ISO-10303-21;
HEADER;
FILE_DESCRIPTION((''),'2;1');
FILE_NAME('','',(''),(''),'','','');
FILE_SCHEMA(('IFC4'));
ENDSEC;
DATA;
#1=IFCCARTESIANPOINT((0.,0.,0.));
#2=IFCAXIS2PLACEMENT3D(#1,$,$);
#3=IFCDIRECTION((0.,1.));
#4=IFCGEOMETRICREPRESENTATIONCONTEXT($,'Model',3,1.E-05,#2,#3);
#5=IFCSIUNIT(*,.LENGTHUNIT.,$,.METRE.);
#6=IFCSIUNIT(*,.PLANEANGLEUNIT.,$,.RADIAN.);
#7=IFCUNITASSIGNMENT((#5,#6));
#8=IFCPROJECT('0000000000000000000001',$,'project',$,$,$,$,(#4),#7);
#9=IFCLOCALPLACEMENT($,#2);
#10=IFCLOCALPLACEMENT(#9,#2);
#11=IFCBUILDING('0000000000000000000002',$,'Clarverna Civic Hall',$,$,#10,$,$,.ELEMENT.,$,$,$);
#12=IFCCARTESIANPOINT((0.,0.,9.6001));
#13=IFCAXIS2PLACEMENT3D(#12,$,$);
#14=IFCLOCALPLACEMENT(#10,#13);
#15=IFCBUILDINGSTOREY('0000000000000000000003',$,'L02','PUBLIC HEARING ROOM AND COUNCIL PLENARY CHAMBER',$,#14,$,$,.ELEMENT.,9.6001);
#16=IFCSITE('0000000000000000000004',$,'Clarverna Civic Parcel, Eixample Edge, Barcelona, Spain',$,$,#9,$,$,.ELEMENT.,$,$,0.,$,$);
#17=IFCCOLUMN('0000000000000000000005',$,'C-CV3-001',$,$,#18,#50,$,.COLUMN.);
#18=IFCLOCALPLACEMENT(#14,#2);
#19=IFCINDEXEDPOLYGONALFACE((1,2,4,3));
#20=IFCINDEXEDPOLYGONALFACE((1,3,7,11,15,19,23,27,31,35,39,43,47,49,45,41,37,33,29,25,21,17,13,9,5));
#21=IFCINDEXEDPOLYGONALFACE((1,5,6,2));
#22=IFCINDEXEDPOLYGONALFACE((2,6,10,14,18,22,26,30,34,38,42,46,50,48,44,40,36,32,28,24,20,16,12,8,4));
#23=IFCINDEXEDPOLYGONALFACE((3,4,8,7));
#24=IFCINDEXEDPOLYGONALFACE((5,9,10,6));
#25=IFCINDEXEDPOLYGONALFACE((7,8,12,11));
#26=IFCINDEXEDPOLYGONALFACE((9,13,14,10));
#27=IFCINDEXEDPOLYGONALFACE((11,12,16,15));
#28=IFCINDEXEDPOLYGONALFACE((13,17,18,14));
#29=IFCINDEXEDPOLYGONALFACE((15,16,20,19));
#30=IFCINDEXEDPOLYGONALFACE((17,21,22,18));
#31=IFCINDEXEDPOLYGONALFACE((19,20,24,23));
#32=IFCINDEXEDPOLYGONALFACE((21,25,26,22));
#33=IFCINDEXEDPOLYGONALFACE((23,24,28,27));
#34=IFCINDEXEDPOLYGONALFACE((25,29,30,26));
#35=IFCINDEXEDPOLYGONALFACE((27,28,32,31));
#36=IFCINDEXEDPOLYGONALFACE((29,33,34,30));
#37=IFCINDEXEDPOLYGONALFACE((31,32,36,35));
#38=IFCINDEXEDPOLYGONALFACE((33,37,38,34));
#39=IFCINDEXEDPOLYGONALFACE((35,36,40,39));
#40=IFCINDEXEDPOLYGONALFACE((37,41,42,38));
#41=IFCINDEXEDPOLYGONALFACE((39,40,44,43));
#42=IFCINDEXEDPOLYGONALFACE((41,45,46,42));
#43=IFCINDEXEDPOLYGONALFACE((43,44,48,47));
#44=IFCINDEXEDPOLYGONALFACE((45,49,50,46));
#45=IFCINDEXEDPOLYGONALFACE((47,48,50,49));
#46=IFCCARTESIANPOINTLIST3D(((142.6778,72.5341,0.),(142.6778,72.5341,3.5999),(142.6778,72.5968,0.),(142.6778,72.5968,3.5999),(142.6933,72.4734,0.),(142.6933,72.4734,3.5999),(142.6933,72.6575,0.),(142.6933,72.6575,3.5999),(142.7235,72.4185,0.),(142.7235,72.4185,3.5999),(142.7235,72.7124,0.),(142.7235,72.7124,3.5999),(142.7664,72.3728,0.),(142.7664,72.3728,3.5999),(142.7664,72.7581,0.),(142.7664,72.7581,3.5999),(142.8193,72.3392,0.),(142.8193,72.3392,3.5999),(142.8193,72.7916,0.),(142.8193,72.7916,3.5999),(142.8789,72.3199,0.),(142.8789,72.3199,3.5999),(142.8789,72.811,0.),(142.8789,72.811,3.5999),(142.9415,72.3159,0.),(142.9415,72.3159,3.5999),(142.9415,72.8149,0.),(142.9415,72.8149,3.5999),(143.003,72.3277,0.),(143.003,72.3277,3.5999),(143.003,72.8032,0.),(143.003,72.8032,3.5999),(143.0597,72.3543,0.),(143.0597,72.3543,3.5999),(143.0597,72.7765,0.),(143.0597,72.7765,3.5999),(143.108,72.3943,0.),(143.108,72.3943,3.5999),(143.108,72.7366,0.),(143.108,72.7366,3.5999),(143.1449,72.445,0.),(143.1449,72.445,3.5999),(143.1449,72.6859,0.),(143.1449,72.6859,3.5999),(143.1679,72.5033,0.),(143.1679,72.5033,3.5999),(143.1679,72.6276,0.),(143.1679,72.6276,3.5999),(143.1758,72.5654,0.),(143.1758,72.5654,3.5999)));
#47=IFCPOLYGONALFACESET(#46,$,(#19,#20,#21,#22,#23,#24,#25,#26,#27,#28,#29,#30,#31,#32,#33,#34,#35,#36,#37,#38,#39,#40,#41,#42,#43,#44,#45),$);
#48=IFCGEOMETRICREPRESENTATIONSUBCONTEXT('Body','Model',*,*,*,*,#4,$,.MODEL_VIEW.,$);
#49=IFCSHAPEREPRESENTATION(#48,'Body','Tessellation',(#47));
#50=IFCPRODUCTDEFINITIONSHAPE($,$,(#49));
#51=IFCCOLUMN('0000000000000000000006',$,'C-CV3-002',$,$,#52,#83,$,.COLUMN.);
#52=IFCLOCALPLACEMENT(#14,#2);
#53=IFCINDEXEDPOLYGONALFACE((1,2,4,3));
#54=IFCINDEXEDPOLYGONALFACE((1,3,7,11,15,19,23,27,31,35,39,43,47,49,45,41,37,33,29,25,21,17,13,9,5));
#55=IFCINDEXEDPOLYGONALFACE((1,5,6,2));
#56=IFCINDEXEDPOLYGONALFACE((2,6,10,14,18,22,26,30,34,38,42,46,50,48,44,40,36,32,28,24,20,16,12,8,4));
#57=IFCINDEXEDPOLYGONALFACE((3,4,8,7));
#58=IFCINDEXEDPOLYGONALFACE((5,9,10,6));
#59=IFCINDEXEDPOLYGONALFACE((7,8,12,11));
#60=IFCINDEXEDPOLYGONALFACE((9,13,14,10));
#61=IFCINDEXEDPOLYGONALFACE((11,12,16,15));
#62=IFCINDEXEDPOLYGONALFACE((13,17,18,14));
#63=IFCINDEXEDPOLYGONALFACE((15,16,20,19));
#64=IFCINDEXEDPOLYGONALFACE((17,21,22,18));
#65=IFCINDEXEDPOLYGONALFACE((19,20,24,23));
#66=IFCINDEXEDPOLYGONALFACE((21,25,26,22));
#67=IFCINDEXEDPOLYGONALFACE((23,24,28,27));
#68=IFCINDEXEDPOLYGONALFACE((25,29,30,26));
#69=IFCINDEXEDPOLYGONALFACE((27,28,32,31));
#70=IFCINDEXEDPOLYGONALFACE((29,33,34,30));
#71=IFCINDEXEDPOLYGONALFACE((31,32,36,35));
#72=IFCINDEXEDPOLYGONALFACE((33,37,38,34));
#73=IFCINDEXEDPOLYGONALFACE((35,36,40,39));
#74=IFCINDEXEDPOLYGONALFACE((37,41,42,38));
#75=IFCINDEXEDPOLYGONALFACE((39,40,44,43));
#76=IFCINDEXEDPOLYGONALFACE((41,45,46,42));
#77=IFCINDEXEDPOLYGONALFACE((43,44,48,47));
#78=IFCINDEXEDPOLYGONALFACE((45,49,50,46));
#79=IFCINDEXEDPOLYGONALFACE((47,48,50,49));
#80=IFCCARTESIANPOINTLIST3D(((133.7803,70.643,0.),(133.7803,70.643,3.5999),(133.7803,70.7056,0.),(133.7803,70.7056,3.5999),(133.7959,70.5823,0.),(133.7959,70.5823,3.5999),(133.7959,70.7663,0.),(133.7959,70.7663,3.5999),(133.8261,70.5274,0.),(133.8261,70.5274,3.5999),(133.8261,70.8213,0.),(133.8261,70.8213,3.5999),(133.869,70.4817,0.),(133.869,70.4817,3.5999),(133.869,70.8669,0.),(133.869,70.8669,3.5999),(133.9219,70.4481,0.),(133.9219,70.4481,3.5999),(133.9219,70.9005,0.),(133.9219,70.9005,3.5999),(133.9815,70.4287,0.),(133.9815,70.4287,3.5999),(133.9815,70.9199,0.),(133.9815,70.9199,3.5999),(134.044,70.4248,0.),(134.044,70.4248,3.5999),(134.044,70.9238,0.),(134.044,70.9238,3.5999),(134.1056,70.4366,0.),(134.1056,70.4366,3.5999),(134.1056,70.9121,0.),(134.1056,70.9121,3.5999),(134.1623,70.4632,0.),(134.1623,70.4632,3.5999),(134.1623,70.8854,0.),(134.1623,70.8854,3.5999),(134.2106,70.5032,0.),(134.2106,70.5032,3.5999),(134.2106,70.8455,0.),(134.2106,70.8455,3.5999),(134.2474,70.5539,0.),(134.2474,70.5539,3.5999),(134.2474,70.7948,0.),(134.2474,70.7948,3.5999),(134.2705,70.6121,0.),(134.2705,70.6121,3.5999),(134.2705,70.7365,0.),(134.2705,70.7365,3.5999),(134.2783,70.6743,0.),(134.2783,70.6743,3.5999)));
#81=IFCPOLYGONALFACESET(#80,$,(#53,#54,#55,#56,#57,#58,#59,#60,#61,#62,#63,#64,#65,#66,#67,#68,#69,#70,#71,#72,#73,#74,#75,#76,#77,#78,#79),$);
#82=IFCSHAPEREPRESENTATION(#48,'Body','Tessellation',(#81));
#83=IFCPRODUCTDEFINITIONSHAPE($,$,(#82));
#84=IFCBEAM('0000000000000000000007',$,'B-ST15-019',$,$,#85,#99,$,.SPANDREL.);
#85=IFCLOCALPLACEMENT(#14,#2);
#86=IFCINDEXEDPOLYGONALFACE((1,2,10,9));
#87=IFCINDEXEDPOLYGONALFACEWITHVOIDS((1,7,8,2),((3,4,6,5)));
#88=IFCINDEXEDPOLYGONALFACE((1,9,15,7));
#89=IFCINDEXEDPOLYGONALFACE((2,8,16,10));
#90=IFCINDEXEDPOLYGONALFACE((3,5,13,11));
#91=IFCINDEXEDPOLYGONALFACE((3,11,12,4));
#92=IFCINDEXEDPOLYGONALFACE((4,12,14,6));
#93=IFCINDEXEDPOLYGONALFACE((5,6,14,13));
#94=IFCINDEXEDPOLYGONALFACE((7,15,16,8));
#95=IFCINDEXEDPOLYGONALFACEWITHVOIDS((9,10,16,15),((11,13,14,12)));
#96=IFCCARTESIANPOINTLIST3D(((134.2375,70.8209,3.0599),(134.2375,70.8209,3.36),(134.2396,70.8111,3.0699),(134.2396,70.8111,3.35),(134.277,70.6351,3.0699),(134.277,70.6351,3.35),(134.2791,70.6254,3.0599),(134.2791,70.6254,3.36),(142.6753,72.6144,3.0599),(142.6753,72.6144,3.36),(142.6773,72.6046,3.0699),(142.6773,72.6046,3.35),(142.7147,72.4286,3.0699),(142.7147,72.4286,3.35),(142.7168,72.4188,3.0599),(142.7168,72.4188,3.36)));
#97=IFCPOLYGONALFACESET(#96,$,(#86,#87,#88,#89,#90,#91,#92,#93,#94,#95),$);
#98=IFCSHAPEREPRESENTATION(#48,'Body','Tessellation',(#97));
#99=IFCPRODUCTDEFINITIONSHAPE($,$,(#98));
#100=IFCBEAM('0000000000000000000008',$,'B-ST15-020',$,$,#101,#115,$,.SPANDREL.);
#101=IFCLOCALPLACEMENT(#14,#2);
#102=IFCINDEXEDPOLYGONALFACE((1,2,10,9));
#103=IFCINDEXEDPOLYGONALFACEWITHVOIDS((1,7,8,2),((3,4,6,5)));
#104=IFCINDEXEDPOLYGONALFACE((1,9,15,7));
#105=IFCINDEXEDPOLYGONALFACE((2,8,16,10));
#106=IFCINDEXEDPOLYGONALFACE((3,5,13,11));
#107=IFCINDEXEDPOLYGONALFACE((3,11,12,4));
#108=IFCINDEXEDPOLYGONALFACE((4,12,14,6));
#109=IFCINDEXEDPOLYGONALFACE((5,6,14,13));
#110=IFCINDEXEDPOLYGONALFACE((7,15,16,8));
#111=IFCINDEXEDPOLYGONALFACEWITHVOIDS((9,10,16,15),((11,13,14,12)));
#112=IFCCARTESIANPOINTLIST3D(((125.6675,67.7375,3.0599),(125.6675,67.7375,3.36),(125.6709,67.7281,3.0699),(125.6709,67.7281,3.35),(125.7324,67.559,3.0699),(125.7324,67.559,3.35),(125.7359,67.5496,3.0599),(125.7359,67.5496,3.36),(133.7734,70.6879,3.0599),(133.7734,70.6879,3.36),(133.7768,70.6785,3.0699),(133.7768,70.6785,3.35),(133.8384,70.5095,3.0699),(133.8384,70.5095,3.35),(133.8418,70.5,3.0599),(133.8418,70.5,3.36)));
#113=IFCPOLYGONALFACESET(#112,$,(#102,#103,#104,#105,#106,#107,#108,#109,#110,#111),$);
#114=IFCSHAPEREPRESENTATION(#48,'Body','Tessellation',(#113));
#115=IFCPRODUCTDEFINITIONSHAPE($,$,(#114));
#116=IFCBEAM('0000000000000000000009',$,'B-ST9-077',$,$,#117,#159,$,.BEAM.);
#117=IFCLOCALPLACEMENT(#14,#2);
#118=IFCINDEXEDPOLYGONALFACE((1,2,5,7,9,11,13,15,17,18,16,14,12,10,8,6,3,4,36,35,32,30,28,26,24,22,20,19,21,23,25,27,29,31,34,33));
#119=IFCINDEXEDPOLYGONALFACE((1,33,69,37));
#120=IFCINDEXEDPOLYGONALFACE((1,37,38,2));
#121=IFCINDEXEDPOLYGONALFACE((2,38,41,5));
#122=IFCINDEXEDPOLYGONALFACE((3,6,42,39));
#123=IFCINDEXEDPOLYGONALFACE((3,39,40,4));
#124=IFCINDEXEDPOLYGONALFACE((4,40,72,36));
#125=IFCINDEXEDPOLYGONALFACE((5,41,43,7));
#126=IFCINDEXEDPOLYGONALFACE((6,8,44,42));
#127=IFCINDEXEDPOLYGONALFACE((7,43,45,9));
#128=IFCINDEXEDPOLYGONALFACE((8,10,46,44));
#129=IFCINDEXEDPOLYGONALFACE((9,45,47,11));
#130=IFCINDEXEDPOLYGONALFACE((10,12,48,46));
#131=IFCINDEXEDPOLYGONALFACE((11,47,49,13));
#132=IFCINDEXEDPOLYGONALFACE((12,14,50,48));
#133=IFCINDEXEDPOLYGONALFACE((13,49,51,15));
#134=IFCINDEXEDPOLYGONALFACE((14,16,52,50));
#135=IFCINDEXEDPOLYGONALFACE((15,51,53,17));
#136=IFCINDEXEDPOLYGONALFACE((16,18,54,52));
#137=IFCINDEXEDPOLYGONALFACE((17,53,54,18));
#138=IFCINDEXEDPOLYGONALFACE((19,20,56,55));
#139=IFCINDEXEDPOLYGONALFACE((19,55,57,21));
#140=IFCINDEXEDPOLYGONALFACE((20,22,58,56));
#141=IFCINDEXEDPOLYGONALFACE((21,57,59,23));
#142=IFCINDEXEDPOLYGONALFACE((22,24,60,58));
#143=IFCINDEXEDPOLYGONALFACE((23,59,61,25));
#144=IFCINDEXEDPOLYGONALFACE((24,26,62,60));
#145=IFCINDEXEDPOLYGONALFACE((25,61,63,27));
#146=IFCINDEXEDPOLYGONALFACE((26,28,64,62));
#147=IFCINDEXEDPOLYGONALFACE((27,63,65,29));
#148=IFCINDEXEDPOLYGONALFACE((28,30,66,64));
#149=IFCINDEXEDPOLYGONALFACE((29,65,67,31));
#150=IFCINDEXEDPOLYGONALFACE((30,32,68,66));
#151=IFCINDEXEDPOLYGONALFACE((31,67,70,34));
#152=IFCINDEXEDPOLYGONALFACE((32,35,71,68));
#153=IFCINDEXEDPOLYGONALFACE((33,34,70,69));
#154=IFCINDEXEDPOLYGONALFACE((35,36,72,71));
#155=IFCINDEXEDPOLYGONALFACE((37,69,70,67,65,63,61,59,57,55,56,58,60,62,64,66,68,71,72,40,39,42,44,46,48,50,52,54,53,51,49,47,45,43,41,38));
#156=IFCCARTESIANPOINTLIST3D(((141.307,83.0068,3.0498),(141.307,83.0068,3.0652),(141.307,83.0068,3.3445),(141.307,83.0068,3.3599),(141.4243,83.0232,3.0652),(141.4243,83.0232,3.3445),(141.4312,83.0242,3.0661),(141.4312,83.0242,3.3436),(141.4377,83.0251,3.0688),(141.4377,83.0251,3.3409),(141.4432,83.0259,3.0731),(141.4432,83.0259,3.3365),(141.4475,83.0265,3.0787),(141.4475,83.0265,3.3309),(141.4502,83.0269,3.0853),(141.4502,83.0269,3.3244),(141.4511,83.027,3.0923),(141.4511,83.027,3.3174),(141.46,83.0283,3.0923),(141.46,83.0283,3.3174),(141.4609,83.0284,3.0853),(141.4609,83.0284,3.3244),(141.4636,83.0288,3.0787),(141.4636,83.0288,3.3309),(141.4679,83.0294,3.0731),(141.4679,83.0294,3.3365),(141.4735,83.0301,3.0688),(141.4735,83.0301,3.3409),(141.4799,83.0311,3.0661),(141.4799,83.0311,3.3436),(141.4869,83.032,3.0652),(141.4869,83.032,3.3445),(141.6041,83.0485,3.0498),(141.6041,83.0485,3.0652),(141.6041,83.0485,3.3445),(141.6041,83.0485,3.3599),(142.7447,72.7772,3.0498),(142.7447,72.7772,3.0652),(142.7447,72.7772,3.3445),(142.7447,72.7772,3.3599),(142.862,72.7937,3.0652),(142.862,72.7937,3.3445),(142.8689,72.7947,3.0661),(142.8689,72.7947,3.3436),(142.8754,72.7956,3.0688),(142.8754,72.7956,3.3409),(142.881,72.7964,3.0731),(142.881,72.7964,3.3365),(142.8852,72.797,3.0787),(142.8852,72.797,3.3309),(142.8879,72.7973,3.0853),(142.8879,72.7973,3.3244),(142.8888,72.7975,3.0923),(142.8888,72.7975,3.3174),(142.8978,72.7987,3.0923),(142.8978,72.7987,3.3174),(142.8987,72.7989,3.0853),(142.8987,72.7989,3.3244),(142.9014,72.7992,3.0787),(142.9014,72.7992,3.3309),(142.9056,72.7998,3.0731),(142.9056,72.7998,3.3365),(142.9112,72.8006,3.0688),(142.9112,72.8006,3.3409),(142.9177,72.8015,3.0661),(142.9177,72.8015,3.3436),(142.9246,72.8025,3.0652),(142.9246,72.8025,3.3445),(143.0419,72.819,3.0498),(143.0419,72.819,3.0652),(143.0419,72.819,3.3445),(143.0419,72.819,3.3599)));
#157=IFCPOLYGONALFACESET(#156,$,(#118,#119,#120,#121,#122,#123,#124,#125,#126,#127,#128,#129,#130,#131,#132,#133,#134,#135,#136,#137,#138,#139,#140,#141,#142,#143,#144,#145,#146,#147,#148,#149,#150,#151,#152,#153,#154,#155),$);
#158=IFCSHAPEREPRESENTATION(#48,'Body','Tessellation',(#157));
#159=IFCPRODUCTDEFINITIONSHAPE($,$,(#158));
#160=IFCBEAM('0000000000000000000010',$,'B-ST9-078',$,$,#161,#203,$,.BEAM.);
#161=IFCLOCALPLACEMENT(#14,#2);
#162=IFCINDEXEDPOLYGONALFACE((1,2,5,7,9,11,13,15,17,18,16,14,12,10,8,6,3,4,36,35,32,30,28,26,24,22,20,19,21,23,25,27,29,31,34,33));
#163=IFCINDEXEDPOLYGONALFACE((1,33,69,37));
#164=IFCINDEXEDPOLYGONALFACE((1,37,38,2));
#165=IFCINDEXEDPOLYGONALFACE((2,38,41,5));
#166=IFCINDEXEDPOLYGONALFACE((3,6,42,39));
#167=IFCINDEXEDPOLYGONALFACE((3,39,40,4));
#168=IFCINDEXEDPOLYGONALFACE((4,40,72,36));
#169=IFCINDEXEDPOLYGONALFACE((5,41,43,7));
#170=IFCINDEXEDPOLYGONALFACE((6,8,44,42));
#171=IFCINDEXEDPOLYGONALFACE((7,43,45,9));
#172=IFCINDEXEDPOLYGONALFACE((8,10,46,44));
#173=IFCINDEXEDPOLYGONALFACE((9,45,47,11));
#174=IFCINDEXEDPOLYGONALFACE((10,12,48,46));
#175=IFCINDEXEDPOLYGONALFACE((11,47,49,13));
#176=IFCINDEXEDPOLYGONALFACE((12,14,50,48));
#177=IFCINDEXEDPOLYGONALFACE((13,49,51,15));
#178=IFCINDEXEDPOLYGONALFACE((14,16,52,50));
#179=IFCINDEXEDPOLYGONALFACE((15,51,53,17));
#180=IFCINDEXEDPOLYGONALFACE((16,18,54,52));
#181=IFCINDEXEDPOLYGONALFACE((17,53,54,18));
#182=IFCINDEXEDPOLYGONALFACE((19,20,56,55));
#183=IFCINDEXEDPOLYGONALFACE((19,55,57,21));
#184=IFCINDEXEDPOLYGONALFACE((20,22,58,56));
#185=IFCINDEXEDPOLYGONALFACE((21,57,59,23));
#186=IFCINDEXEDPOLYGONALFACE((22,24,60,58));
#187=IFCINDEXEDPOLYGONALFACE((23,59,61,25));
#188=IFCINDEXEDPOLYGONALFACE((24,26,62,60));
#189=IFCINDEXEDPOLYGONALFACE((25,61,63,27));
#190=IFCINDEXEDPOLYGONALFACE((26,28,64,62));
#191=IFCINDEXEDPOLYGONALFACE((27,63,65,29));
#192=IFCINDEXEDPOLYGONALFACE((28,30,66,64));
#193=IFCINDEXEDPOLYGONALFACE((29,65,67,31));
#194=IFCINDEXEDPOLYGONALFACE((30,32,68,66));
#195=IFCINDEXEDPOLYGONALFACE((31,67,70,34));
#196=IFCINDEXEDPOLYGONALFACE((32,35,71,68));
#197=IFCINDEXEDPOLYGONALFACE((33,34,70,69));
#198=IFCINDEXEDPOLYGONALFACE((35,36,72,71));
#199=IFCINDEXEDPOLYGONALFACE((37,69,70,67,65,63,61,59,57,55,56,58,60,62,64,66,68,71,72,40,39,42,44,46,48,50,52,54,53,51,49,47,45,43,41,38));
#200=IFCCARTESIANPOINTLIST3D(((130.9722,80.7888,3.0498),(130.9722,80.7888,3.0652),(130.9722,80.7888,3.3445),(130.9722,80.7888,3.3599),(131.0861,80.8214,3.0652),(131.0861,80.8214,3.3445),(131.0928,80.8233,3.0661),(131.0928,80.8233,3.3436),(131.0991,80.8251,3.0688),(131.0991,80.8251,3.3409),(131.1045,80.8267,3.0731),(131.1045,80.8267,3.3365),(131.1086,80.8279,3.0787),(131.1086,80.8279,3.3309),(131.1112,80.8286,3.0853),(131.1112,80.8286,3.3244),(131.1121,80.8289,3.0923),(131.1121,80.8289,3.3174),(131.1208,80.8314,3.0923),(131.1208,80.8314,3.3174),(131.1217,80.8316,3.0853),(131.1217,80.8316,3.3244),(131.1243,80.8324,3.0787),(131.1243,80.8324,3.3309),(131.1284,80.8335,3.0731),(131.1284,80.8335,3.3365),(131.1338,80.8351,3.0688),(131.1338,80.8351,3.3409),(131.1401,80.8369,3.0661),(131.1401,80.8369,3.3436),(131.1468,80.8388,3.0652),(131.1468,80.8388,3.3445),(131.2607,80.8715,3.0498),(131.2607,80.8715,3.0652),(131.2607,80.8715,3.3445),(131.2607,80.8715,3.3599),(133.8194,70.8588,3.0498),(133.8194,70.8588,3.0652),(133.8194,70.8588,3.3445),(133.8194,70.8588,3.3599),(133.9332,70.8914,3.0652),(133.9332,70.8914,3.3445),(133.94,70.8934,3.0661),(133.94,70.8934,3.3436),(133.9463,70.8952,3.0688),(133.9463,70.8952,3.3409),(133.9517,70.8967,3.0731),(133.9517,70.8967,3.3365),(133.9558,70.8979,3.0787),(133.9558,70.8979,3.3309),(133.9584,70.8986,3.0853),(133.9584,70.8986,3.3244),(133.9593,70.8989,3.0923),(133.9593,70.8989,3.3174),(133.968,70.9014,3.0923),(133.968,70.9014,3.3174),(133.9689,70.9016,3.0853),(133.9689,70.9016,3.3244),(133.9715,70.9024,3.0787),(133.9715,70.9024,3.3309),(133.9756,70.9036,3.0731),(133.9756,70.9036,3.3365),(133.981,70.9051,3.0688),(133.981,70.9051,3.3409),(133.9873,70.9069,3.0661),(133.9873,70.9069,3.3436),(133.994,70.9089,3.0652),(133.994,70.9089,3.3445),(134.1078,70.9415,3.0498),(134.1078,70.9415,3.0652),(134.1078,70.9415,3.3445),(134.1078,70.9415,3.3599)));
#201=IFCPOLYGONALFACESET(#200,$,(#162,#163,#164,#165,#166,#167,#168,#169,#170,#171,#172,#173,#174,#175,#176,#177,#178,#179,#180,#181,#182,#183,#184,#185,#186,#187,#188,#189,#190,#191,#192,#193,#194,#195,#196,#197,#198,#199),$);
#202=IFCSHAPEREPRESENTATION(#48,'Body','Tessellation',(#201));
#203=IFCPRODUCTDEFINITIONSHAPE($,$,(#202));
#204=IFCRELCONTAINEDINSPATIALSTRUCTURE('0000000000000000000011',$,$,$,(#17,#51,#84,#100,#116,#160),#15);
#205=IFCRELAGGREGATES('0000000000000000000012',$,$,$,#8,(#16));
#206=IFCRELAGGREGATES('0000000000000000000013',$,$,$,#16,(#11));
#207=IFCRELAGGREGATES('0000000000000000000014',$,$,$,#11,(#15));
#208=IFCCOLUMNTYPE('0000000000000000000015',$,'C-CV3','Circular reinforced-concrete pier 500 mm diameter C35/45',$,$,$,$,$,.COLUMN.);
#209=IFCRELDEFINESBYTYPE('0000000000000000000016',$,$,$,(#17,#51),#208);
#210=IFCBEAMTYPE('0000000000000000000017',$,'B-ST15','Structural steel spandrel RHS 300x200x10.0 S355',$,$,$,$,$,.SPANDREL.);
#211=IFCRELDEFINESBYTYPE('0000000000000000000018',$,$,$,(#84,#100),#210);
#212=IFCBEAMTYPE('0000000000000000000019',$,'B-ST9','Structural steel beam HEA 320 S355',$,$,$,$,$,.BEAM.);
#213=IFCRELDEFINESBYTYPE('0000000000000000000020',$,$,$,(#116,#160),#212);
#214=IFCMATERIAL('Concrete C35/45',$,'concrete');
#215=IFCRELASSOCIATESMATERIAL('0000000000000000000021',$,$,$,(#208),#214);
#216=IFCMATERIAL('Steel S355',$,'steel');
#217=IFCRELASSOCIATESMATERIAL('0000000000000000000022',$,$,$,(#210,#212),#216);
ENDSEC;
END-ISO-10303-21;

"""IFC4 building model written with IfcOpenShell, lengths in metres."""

from ifc_helpers import new_model, si_unit, direction, frame, origin, origin_2d, place, context, subcontext, project, spatial, hollow_rectangle, circle, i_section, extrude, material, material_profile, profile_set, type_object, element, save


model = new_model("IFC4")

# Units and contexts
model_context = context("Model", 3, precision=1e-05, world=origin(), true_north=direction((0.0, 1.0)))
body_context = subcontext(model_context, "Body", "Model", "MODEL_VIEW")
ifc_project = project(units=[si_unit("LENGTHUNIT", "METRE"), si_unit("PLANEANGLEUNIT", "RADIAN")], contexts=[model_context])

# Site, building, storey
site_placement = place(None, origin())
site = spatial("IfcSite", under=ifc_project, at=site_placement, Name="Clarverna Civic Parcel, Eixample Edge, Barcelona, Spain", CompositionType="ELEMENT", RefElevation=0.0)
building_placement = place(site_placement, origin())
building = spatial("IfcBuilding", under=site, at=building_placement, Name="Clarverna Civic Hall", CompositionType="ELEMENT")
storey_placement = place(building_placement, frame((0.0, 0.0, 9.6001)))
storey = spatial("IfcBuildingStorey", under=building, at=storey_placement, Name="L02", Description="PUBLIC HEARING ROOM AND COUNCIL PLENARY CHAMBER", CompositionType="ELEMENT", Elevation=9.6001)

# Columns
ifc_material_1 = material(Name="Concrete C35/45", Category="concrete")
ifc_material_profile_1 = material_profile(ifc_material_1, circle(Radius=0.25, at=origin_2d()), Name="RC D500")
ifc_profile_set_1 = profile_set([ifc_material_profile_1], Name="Concrete C35/45")
column_type = type_object("IfcColumnType", Name="C-CV3", Description="Circular reinforced-concrete pier 500 mm diameter C35/45", PredefinedType="COLUMN", material=ifc_profile_set_1)
for number, where, z_axis, x_axis, name in (
    (1, (142.9258, 72.5654, 0.0), (0.0, 0.0, 1.0), (1.0, 0.0, 0.0), "C-CV3-001"),
    (2, (134.0283, 70.6743, 0.0), (0.0, 0.0, 1.0), (1.0, 0.0, 0.0), "C-CV3-002"),
):
    element("IfcColumn", number, at=place(storey_placement, frame(where, z_axis=z_axis, x_axis=x_axis)), inside=storey, type_object=column_type, Name=name, PredefinedType="COLUMN", context=body_context, shape_type="SweptSolid", body=[
        extrude(circle(Radius=0.25, at=origin_2d()), origin(), (0.0, 0.0, 1.0), 3.5999),
    ])

# Beams
ifc_material_2 = material(Name="Steel S355", Category="steel")
ifc_material_profile_2 = material_profile(ifc_material_2, hollow_rectangle(XDim=0.2, YDim=0.3, WallThickness=0.01, at=origin_2d()), Name="RHS 300x200x10.0")
ifc_profile_set_2 = profile_set([ifc_material_profile_2], Name="Steel S355")
beam_type_1 = type_object("IfcBeamType", Name="B-ST15", Description="Structural steel spandrel RHS 300x200x10.0 S355", PredefinedType="SPANDREL", material=ifc_profile_set_2)
for number, where, z_axis, x_axis, name in (
    (3, (142.696, 72.5166, 3.21), (-0.978149, -0.207907, 0.0), (0.207907, -0.978149, 0.0), "B-ST15-019"),
    (4, (133.8076, 70.594, 3.21), (-0.939688, -0.342032, 0.0), (0.342032, -0.939688, 0.0), "B-ST15-020"),
):
    element("IfcBeam", number, at=place(storey_placement, frame(where, z_axis=z_axis, x_axis=x_axis)), inside=storey, type_object=beam_type_1, Name=name, PredefinedType="SPANDREL", context=body_context, shape_type="SweptSolid", body=[
        extrude(hollow_rectangle(XDim=0.2, YDim=0.3, WallThickness=0.01, at=origin_2d()), origin(), (0.0, 0.0, 1.0), 8.6262),
    ])
ifc_material_profile_3 = material_profile(ifc_material_2, i_section(OverallWidth=0.3, OverallDepth=0.3101, WebThickness=0.009, FlangeThickness=0.0154, FilletRadius=0.0271, at=origin_2d()), Name="HEA 320")
ifc_profile_set_3 = profile_set([ifc_material_profile_3], Name="Steel S355")
beam_type_2 = type_object("IfcBeamType", Name="B-ST9", Description="Structural steel beam HEA 320 S355", PredefinedType="BEAM", material=ifc_profile_set_3)
for number, where, z_axis, x_axis, name in (
    (5, (142.8933, 72.7981, 3.2048), (-0.139181, 0.990267, 0.0), (-0.990267, -0.139181, 0.0), "B-ST9-077"),
    (6, (133.9636, 70.9001, 3.2048), (-0.27562, 0.961267, 0.0), (-0.961267, -0.27562, 0.0), "B-ST9-078"),
):
    element("IfcBeam", number, at=place(storey_placement, frame(where, z_axis=z_axis, x_axis=x_axis)), inside=storey, type_object=beam_type_2, Name=name, PredefinedType="BEAM", context=body_context, shape_type="SweptSolid", body=[
        extrude(i_section(OverallWidth=0.3, OverallDepth=0.3101, WebThickness=0.009, FlangeThickness=0.0154, FilletRadius=0.0271, at=origin_2d()), origin(), (0.0, 0.0, 1.0), 10.3301),
    ])

save(model, "model.ifc")
